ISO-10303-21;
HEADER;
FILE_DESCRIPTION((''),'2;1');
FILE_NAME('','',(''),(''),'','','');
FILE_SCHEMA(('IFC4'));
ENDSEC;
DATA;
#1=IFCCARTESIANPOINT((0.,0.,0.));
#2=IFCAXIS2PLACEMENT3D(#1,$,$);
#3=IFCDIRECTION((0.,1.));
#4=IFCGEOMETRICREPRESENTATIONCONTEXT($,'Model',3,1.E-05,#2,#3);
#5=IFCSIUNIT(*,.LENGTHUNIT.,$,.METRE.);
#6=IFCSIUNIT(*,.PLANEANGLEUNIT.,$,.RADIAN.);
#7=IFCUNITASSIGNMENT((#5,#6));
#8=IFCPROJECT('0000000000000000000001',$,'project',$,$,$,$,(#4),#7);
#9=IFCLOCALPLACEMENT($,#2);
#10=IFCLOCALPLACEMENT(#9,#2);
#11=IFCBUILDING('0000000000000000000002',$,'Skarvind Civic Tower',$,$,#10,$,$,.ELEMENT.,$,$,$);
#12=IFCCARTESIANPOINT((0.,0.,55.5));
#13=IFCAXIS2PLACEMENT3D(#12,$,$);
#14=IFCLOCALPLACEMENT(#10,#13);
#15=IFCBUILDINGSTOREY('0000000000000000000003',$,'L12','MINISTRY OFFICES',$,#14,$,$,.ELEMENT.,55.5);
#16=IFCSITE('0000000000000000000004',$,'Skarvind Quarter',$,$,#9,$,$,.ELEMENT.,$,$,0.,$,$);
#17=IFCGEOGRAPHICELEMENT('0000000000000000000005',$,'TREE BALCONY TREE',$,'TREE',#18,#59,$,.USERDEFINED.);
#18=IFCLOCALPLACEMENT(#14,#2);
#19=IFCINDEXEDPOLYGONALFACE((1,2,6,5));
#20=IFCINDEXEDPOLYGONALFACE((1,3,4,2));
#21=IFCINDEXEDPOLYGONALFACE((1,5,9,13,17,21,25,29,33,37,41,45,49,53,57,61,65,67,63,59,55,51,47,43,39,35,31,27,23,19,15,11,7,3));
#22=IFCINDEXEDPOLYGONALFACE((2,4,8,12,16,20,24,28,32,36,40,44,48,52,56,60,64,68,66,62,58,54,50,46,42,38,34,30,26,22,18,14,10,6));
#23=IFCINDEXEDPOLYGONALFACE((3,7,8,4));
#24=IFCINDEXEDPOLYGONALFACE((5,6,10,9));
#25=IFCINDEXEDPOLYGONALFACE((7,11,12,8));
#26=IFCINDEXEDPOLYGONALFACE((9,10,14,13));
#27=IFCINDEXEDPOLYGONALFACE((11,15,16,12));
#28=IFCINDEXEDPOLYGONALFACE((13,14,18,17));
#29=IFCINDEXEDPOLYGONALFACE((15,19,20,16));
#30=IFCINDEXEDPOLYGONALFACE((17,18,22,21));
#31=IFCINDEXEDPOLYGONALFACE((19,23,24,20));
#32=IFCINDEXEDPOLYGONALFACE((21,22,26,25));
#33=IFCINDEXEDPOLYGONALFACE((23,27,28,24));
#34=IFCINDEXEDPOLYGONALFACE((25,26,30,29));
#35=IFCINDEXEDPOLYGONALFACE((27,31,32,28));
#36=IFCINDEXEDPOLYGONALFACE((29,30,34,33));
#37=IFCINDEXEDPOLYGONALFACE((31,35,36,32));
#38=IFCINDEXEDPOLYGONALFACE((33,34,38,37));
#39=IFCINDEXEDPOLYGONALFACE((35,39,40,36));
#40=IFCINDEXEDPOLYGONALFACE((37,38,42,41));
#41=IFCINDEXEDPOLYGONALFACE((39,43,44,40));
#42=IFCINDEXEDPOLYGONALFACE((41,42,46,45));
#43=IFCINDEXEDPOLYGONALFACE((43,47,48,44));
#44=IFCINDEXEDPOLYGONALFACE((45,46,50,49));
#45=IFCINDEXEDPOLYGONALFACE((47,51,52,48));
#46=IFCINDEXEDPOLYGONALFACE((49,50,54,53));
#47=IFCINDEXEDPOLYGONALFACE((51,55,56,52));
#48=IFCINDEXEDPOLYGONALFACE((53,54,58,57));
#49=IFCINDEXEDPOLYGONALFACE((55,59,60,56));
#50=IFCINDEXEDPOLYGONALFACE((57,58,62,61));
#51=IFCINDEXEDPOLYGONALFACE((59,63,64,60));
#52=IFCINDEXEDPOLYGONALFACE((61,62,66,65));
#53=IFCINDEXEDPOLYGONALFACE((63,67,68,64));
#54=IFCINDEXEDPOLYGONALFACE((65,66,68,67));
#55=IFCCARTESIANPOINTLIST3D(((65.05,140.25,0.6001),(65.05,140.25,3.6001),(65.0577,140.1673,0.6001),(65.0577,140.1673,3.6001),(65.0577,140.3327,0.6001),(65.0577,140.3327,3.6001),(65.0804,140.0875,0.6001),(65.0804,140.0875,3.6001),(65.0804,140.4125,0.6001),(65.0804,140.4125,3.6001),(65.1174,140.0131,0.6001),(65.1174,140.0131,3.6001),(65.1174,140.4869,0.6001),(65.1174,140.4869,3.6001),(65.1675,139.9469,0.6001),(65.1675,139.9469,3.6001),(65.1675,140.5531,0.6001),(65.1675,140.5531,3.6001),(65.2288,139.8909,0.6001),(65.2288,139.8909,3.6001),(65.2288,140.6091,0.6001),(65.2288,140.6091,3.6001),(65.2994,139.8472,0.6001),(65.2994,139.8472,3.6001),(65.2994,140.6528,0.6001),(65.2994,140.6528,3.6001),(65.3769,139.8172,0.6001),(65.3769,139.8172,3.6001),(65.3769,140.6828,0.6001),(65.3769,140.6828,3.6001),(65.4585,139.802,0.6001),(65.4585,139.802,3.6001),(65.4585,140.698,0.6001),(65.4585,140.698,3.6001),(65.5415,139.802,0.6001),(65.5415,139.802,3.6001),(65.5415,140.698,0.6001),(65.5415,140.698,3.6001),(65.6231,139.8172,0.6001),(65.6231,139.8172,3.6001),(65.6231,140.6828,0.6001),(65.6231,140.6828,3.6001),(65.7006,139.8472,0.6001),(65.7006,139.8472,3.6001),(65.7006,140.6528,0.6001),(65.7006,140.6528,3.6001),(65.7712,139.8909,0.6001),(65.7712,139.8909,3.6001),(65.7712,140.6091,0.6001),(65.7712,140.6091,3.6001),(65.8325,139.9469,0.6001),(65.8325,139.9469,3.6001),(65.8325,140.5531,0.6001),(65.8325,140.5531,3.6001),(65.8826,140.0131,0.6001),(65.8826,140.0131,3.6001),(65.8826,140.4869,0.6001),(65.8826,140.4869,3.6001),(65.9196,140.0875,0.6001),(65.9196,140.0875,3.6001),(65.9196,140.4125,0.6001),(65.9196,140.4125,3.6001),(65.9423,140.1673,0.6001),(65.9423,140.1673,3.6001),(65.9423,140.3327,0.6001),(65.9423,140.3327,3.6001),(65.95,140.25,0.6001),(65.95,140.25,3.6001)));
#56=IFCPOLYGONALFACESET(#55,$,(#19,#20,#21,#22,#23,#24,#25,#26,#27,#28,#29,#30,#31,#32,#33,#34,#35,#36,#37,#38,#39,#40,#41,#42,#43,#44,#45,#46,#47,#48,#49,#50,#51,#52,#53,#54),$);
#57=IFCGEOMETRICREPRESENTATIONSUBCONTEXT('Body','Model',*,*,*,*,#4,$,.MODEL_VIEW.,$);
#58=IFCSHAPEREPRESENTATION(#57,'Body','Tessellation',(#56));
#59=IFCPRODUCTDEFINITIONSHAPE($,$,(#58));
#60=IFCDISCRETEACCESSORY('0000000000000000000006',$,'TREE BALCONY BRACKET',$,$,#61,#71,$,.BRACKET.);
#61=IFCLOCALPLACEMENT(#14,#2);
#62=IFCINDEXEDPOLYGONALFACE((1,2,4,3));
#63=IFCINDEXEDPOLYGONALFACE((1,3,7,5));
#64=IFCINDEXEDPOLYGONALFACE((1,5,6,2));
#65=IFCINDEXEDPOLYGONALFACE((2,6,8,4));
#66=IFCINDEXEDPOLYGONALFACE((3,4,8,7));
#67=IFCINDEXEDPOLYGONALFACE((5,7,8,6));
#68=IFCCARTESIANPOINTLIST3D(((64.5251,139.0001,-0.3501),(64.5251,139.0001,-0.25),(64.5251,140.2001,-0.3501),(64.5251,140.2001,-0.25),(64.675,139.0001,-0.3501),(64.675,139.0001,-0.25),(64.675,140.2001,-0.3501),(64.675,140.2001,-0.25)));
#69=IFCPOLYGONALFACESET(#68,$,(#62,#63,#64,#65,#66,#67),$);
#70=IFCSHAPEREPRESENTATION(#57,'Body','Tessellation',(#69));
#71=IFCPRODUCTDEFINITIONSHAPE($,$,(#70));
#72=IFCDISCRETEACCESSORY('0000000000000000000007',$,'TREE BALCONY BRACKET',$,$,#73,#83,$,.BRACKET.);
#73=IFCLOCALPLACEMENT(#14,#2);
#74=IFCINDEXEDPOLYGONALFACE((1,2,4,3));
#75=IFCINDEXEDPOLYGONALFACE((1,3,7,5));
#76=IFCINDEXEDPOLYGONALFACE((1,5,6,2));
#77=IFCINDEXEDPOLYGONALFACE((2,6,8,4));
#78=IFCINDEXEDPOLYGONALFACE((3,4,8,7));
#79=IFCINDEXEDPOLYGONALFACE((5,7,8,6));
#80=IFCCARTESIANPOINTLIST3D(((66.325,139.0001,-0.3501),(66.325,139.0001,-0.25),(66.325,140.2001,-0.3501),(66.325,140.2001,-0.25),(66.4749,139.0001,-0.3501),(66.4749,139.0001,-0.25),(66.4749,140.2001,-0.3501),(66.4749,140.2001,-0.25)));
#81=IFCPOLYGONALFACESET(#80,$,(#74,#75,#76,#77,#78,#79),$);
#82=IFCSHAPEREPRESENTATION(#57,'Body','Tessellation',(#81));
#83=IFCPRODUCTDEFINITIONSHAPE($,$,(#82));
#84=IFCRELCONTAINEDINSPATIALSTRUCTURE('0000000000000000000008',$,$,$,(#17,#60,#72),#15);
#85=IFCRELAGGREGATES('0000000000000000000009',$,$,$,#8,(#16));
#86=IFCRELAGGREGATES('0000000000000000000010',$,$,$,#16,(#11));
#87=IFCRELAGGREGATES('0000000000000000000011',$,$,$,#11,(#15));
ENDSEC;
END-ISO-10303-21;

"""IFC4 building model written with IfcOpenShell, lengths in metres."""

from ifc_helpers import new_model, si_unit, direction, frame, origin, origin_2d, place, context, subcontext, project, spatial, rectangle, circle, extrude, element, save


model = new_model("IFC4")

# Units and contexts
model_context = context("Model", 3, precision=1e-05, world=origin(), true_north=direction((0.0, 1.0)))
body_context = subcontext(model_context, "Body", "Model", "MODEL_VIEW")
ifc_project = project(units=[si_unit("LENGTHUNIT", "METRE"), si_unit("PLANEANGLEUNIT", "RADIAN")], contexts=[model_context])

# Site, building, storey
site_placement = place(None, origin())
site = spatial("IfcSite", under=ifc_project, at=site_placement, Name="Skarvind Quarter", CompositionType="ELEMENT", RefElevation=0.0)
building_placement = place(site_placement, origin())
building = spatial("IfcBuilding", under=site, at=building_placement, Name="Skarvind Civic Tower", CompositionType="ELEMENT")
storey_placement = place(building_placement, frame((0.0, 0.0, 55.5)))
storey = spatial("IfcBuildingStorey", under=building, at=storey_placement, Name="L12", Description="MINISTRY OFFICES", CompositionType="ELEMENT", Elevation=55.5)

# Geographic element
geographic_element_placement = place(storey_placement, frame((65.5, 140.25, 0.6001), z_axis=(0.0, 0.0, 1.0), x_axis=(1.0, 0.0, 0.0)))
element("IfcGeographicElement", 1, at=geographic_element_placement, inside=storey, Name="TREE BALCONY TREE", ObjectType="TREE", PredefinedType="USERDEFINED", context=body_context, shape_type="SweptSolid", body=[
    extrude(circle(Radius=0.45, at=origin_2d()), origin(), (0.0, 0.0, 1.0), 3.0),
])

# Discrete accessories
for number, where, z_axis, x_axis, name in (
    (2, (64.6001, 139.6001, -0.3501), (0.0, 0.0, 1.0), (1.0, 0.0, 0.0), "TREE BALCONY BRACKET"),
    (3, (66.3999, 139.6001, -0.3501), (0.0, 0.0, 1.0), (1.0, 0.0, 0.0), "TREE BALCONY BRACKET"),
):
    element("IfcDiscreteAccessory", number, at=place(storey_placement, frame(where, z_axis=z_axis, x_axis=x_axis)), inside=storey, Name=name, PredefinedType="BRACKET", context=body_context, shape_type="SweptSolid", body=[
        extrude(rectangle(XDim=0.1499, YDim=1.2, at=origin_2d()), origin(), (0.0, 0.0, 1.0), 0.1001),
    ])

save(model, "model.ifc")
